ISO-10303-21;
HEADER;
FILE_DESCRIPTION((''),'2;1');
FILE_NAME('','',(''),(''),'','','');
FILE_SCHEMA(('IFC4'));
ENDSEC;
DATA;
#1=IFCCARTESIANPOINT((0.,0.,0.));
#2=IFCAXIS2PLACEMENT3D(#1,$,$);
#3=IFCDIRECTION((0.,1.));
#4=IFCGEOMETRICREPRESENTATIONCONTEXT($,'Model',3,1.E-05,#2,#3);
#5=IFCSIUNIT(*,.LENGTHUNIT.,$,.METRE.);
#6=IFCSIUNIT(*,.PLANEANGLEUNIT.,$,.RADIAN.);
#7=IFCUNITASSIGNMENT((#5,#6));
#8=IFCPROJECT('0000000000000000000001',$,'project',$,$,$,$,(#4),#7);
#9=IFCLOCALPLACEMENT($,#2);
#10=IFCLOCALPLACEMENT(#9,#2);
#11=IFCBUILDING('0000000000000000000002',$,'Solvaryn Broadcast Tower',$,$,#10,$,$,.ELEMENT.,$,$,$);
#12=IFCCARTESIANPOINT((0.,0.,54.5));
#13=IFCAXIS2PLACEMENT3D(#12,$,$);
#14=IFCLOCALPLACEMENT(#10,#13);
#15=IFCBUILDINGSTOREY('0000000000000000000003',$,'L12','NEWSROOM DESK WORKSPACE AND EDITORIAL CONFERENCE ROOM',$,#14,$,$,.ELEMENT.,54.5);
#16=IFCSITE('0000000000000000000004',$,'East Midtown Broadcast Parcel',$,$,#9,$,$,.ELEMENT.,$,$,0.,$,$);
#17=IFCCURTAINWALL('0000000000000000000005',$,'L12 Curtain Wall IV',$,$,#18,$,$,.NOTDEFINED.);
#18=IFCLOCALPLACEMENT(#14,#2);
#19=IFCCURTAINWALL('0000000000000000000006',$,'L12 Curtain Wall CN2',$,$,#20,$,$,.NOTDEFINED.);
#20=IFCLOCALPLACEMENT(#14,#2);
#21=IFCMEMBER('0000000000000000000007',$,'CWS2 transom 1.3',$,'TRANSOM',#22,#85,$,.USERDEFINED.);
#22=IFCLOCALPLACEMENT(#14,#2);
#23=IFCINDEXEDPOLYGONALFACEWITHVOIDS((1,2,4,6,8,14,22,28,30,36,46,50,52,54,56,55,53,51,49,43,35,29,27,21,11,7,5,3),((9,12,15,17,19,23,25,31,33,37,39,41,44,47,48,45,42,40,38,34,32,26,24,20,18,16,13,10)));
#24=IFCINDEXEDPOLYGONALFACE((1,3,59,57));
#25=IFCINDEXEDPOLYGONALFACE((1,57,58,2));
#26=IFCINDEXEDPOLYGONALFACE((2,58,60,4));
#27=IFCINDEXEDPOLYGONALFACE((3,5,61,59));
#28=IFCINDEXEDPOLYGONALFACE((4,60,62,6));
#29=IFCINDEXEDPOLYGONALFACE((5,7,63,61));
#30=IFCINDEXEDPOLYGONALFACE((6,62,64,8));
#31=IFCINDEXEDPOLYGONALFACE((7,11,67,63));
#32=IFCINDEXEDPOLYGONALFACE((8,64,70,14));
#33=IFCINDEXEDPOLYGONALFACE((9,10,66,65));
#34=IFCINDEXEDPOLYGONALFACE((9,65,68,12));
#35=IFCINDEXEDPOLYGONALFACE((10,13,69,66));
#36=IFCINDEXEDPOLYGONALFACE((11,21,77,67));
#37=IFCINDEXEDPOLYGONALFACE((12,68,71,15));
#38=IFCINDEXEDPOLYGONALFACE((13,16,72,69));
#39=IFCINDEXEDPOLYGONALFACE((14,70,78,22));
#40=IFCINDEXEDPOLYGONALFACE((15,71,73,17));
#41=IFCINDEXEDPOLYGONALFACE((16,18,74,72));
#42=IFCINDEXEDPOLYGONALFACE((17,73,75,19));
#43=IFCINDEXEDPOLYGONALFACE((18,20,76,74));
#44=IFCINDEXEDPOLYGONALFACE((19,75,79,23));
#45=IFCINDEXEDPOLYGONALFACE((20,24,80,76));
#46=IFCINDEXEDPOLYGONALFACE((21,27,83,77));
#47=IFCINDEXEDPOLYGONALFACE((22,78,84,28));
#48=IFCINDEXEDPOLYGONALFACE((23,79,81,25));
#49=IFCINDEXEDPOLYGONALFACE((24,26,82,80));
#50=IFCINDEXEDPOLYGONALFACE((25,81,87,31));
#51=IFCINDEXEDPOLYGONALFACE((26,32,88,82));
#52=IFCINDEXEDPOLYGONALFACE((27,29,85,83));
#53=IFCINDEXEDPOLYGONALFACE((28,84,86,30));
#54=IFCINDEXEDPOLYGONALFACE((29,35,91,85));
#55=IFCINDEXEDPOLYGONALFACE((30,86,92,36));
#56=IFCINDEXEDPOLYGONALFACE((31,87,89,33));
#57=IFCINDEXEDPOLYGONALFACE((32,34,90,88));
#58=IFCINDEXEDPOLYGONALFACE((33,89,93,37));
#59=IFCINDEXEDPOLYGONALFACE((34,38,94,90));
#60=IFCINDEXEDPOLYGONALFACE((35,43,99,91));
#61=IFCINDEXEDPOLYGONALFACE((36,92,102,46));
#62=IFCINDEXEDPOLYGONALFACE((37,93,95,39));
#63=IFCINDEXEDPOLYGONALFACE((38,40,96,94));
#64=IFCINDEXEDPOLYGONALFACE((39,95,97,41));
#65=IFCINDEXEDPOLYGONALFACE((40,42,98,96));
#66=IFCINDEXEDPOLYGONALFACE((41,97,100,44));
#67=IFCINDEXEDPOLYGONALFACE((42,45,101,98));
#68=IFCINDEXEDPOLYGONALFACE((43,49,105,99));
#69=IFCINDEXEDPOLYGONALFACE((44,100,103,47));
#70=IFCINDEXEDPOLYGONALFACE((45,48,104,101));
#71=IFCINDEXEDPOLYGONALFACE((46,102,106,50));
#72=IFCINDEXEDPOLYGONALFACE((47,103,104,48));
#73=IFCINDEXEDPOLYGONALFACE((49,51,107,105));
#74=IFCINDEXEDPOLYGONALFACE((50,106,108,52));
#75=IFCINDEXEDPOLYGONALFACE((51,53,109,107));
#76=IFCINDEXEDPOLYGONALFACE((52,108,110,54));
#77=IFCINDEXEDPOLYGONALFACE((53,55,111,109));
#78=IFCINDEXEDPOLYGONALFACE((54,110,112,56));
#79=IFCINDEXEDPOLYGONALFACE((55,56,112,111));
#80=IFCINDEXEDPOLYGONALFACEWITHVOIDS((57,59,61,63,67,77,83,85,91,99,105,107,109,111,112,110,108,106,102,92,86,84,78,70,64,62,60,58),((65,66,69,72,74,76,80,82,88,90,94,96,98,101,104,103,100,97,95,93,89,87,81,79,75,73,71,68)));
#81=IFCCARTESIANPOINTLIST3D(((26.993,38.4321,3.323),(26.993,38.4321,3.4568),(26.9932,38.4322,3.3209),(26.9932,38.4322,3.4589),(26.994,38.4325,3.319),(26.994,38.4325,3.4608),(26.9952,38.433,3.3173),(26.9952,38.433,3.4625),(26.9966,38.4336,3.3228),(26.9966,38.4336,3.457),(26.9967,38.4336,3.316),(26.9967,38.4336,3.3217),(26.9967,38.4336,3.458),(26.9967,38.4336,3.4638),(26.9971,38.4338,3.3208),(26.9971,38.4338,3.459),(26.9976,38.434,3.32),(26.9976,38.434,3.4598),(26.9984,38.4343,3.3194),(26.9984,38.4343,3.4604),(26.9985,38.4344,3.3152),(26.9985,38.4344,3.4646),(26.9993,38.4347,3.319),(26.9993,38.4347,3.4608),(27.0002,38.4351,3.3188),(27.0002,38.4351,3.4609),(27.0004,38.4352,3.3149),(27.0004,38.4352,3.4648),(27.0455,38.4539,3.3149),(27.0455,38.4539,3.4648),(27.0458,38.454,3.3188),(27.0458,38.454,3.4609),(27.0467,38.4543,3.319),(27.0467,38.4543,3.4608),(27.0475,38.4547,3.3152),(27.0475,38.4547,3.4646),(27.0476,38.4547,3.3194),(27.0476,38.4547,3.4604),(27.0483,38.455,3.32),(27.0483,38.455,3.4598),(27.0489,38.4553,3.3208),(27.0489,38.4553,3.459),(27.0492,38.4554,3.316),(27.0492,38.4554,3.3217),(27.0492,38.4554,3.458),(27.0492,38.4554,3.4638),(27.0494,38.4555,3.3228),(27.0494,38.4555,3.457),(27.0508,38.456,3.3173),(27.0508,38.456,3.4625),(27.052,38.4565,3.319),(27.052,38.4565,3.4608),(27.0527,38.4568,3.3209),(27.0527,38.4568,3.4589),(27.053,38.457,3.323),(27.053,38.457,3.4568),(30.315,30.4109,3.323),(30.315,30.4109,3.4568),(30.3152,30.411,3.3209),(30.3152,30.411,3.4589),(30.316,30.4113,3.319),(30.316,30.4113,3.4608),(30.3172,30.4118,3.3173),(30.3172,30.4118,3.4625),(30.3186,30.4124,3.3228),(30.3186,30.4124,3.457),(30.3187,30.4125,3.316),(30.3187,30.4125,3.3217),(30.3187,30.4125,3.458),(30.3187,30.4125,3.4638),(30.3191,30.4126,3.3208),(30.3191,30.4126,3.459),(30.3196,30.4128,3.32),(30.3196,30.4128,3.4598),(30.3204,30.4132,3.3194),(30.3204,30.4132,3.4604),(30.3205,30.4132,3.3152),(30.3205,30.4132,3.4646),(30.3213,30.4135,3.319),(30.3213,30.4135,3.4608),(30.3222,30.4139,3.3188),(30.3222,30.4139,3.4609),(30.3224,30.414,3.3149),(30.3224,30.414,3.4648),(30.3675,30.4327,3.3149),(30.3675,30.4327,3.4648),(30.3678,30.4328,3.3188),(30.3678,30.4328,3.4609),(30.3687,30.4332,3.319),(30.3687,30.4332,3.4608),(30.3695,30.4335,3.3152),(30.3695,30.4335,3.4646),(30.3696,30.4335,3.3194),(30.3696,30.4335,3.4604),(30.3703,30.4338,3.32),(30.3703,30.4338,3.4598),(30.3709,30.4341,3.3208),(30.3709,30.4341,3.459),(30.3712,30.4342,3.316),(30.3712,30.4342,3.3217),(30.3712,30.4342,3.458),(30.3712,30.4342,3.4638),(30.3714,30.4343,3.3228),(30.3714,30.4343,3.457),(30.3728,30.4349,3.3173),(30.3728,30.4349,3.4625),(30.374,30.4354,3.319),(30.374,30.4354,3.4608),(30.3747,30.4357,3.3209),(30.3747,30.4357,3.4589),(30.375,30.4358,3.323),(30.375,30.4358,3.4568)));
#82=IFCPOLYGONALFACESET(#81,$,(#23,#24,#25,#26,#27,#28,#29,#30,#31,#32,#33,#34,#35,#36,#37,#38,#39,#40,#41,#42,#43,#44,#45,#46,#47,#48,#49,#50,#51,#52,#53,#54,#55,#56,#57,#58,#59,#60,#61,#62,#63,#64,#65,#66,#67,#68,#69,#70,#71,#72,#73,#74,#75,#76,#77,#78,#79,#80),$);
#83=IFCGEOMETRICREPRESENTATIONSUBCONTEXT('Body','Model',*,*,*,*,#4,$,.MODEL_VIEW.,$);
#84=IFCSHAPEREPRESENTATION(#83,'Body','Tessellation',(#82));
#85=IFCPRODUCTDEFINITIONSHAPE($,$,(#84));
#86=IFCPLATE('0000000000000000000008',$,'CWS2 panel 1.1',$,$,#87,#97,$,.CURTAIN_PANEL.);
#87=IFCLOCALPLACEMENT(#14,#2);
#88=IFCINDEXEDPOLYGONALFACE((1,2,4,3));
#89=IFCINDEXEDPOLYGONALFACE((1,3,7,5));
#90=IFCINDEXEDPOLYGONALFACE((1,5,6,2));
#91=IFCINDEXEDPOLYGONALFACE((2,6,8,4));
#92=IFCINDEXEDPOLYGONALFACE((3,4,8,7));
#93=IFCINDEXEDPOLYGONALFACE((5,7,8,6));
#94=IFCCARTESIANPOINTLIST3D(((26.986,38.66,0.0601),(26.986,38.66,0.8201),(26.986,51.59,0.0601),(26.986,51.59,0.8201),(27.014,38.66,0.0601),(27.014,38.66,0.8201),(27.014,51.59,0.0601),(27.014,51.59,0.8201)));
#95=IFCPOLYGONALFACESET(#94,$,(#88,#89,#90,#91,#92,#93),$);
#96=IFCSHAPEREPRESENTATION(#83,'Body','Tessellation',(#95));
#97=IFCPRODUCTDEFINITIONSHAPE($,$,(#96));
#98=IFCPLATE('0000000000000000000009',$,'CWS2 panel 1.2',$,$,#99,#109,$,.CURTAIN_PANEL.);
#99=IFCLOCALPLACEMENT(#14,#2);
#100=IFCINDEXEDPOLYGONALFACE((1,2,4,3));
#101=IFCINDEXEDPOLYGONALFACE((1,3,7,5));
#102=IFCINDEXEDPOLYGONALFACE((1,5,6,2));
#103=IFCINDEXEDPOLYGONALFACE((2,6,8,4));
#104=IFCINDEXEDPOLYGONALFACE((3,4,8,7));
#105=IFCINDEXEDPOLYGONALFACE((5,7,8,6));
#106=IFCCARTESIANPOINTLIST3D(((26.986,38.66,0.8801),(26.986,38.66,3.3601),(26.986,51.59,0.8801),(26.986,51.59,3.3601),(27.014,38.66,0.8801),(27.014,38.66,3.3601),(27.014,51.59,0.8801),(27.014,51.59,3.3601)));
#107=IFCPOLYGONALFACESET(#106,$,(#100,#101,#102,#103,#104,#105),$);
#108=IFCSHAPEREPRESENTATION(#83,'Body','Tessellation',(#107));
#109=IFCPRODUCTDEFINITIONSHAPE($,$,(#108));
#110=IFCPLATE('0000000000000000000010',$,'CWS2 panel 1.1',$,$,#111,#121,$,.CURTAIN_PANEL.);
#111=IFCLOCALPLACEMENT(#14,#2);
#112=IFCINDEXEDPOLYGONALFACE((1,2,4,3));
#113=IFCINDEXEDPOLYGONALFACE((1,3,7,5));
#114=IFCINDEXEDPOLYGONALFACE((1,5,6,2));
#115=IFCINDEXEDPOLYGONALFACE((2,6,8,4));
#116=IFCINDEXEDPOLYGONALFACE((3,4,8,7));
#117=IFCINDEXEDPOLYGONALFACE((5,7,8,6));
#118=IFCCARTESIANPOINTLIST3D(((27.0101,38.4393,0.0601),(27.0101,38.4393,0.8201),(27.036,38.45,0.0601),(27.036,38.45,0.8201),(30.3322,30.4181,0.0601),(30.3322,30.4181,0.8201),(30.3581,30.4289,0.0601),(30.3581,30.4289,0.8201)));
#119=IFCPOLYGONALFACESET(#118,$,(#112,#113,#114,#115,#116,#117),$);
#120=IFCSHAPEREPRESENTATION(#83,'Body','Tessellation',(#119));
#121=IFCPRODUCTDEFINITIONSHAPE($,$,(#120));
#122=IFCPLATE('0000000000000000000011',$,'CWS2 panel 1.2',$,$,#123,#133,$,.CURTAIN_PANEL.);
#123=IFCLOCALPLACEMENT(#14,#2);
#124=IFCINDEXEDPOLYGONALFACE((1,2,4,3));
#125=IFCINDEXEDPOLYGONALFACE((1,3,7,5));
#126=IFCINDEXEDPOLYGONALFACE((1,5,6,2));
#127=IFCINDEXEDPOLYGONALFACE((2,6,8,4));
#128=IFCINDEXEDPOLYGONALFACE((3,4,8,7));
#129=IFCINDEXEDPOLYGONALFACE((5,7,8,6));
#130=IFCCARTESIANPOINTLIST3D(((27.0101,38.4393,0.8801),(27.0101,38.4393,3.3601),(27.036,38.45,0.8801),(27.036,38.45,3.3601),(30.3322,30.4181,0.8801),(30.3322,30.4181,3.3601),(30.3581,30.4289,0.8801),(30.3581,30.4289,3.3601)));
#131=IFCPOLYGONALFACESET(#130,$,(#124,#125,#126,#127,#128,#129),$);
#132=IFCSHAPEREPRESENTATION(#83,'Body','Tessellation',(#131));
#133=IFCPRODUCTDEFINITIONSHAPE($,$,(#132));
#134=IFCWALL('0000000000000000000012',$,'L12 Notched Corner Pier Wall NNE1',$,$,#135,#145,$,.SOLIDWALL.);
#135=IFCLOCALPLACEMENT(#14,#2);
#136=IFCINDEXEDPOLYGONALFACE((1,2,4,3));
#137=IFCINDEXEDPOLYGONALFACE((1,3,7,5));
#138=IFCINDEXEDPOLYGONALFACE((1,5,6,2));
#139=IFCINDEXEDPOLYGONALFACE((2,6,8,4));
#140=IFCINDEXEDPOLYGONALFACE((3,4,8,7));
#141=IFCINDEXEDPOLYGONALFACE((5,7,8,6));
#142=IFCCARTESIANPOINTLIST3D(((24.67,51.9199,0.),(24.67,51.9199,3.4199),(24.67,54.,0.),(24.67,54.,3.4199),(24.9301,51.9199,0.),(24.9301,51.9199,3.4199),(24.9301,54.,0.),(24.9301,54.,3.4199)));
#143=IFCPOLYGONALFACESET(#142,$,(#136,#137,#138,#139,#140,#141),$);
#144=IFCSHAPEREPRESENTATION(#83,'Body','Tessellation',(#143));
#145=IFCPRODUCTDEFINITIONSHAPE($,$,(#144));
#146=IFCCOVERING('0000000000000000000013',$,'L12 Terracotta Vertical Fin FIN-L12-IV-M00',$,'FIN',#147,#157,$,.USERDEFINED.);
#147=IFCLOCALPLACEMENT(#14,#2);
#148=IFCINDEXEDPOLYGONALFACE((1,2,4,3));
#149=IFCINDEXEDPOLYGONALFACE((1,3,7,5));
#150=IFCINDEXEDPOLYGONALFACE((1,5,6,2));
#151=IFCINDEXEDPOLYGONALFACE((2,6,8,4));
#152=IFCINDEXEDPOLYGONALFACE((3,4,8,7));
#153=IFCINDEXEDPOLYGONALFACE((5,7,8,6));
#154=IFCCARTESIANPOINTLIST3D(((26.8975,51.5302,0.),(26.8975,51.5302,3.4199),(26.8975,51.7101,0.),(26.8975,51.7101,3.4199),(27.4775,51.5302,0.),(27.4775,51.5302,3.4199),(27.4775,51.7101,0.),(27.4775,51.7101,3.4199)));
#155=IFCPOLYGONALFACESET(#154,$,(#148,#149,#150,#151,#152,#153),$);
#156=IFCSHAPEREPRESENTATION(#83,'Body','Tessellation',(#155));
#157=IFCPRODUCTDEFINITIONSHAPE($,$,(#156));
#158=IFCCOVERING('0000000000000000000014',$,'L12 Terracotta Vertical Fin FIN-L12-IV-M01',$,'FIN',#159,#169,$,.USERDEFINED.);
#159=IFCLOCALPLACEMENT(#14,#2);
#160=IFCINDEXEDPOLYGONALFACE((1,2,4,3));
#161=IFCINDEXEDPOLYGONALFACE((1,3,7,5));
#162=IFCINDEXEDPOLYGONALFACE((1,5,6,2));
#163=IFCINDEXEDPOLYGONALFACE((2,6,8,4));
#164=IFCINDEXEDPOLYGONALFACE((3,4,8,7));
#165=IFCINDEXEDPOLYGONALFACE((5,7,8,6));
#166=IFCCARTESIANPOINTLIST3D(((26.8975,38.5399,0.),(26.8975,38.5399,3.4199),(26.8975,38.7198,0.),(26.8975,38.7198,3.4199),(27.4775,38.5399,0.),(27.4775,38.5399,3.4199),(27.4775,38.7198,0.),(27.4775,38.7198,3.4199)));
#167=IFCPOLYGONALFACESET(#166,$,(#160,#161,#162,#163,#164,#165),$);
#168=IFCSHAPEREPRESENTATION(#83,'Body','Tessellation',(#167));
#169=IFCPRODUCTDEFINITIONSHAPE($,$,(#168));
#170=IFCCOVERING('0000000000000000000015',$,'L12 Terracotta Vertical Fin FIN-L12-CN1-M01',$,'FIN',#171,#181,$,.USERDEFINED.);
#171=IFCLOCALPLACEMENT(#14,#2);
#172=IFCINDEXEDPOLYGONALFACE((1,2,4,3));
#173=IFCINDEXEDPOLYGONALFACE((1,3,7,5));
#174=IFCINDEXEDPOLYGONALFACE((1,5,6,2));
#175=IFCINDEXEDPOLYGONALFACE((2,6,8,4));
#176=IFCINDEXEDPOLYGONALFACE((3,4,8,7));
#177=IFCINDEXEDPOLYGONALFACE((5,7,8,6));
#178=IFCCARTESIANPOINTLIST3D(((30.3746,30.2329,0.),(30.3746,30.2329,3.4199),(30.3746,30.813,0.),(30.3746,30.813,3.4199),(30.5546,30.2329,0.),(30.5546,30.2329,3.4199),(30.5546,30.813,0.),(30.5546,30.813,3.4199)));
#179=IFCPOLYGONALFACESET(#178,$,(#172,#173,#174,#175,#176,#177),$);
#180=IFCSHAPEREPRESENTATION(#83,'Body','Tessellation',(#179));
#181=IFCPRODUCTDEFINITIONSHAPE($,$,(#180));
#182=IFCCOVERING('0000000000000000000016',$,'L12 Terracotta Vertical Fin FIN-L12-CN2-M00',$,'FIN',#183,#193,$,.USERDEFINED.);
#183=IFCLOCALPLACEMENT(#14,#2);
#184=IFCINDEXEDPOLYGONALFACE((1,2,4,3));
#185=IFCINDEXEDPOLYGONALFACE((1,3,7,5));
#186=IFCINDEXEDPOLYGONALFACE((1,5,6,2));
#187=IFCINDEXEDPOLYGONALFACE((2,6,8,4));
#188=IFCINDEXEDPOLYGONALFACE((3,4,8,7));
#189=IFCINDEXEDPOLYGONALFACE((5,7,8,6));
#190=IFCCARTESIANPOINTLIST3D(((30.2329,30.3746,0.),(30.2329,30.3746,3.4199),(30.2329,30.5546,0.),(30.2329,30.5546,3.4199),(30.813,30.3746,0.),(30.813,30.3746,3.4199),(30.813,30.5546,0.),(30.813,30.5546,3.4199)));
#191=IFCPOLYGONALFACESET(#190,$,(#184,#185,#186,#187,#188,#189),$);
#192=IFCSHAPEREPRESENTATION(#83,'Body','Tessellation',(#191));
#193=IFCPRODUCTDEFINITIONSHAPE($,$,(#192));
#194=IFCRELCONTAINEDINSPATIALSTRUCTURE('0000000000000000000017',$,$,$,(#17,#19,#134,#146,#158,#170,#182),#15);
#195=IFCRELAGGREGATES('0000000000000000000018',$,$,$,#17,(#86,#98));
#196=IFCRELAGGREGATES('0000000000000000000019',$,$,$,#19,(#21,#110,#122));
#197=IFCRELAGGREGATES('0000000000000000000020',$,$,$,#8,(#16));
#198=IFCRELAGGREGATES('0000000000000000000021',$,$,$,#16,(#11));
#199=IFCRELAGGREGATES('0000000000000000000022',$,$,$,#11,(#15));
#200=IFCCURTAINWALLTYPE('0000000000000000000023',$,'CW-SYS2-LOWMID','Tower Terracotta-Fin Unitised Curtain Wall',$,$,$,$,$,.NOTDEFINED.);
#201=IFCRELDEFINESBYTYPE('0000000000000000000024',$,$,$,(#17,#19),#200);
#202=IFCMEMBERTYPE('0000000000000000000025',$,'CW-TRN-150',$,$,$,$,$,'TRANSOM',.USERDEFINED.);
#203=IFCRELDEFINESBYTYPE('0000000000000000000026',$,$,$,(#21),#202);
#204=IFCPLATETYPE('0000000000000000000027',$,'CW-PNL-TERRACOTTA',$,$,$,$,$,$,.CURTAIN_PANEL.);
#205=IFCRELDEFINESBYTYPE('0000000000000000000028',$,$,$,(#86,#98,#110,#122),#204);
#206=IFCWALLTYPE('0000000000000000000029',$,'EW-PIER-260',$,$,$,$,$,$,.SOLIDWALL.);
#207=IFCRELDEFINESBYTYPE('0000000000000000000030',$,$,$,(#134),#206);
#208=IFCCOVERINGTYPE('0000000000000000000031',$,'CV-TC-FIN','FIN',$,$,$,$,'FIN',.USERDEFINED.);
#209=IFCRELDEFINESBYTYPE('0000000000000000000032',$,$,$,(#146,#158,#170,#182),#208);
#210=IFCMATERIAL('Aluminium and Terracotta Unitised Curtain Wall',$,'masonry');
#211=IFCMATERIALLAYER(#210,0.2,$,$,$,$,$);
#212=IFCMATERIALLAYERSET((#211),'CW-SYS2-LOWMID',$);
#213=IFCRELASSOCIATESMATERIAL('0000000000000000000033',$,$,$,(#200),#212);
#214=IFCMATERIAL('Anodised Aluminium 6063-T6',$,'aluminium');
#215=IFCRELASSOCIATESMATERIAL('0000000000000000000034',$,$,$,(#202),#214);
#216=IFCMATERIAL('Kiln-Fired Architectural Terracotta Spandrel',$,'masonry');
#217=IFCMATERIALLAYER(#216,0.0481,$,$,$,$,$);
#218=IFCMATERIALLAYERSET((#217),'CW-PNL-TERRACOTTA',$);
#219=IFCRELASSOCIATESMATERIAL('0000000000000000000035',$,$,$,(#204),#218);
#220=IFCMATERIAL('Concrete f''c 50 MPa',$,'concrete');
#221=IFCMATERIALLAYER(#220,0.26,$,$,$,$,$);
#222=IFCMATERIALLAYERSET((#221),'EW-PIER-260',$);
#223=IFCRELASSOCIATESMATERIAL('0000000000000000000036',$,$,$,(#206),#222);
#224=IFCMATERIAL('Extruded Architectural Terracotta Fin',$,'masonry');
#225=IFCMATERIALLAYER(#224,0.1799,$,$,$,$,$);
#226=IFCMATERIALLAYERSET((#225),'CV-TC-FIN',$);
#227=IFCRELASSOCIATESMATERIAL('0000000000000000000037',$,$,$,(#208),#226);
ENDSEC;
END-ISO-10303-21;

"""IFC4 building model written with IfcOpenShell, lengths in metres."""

from ifc_helpers import new_model, si_unit, direction, frame, frame_2d, origin, origin_2d, place, context, subcontext, project, spatial, rectangle, hollow_rectangle, extrude, material, layer, layer_set, material_profile, profile_set, type_object, element, aggregate, save


model = new_model("IFC4")

# Units and contexts
model_context = context("Model", 3, precision=1e-05, world=origin(), true_north=direction((0.0, 1.0)))
body_context = subcontext(model_context, "Body", "Model", "MODEL_VIEW")
ifc_project = project(units=[si_unit("LENGTHUNIT", "METRE"), si_unit("PLANEANGLEUNIT", "RADIAN")], contexts=[model_context])

# Site, building, storey
site_placement = place(None, origin())
site = spatial("IfcSite", under=ifc_project, at=site_placement, Name="East Midtown Broadcast Parcel", CompositionType="ELEMENT", RefElevation=0.0)
building_placement = place(site_placement, origin())
building = spatial("IfcBuilding", under=site, at=building_placement, Name="Solvaryn Broadcast Tower", CompositionType="ELEMENT")
storey_placement = place(building_placement, frame((0.0, 0.0, 54.5)))
storey = spatial("IfcBuildingStorey", under=building, at=storey_placement, Name="L12", Description="NEWSROOM DESK WORKSPACE AND EDITORIAL CONFERENCE ROOM", CompositionType="ELEMENT", Elevation=54.5)

# Curtain wall
ifc_material_1 = material(Name="Aluminium and Terracotta Unitised Curtain Wall", Category="masonry")
ifc_layer_1 = layer(ifc_material_1, 0.2)
ifc_layer_set_1 = layer_set([ifc_layer_1], Name="CW-SYS2-LOWMID")
curtain_wall_type = type_object("IfcCurtainWallType", Name="CW-SYS2-LOWMID", Description="Tower Terracotta-Fin Unitised Curtain Wall", PredefinedType="NOTDEFINED", material=ifc_layer_set_1)
curtain_wall_1_placement = place(storey_placement, origin())
curtain_wall_1 = element("IfcCurtainWall", 1, at=curtain_wall_1_placement, inside=storey, type_object=curtain_wall_type, Name="L12 Curtain Wall IV", PredefinedType="NOTDEFINED")

# Curtain wall
curtain_wall_2_placement = place(storey_placement, origin())
curtain_wall_2 = element("IfcCurtainWall", 2, at=curtain_wall_2_placement, inside=storey, type_object=curtain_wall_type, Name="L12 Curtain Wall CN2", PredefinedType="NOTDEFINED")

# Member
ifc_material_2 = material(Name="Anodised Aluminium 6063-T6", Category="aluminium")
ifc_material_profile_1 = material_profile(ifc_material_2, hollow_rectangle(XDim=0.0649, YDim=0.1499, WallThickness=0.0039, InnerFilletRadius=0.0039, OuterFilletRadius=0.0081, at=origin_2d()))
ifc_profile_set_1 = profile_set([ifc_material_profile_1], Name="Anodised Aluminium 6063-T6")
member_type_1 = type_object("IfcMemberType", Name="CW-TRN-150", ElementType="TRANSOM", PredefinedType="USERDEFINED", material=ifc_profile_set_1)
member_1_placement = place(storey_placement, frame((30.345, 30.4233, 3.3899), z_axis=(-0.382636, 0.923899, 0.0), x_axis=(-0.923899, -0.382636, 0.0)))
member_1 = element("IfcMember", 3, at=member_1_placement, type_object=member_type_1, Name="CWS2 transom 1.3", ObjectType="TRANSOM", PredefinedType="USERDEFINED", context=body_context, shape_type="SweptSolid", body=[
    extrude(hollow_rectangle(XDim=0.0649, YDim=0.1499, WallThickness=0.0039, InnerFilletRadius=0.0039, OuterFilletRadius=0.0081, at=origin_2d()), origin(), (0.0, 0.0, 1.0), 8.6819),
])

# Plates
ifc_material_3 = material(Name="Kiln-Fired Architectural Terracotta Spandrel", Category="masonry")
ifc_layer_2 = layer(ifc_material_3, 0.0481)
ifc_layer_set_2 = layer_set([ifc_layer_2], Name="CW-PNL-TERRACOTTA")
plate_type = type_object("IfcPlateType", Name="CW-PNL-TERRACOTTA", PredefinedType="CURTAIN_PANEL", material=ifc_layer_set_2)
plate_1_placement = place(storey_placement, frame((27.0, 45.125, 0.0601), z_axis=(0.0, 0.0, 1.0), x_axis=(0.0, -1.0, 0.0)))
plate_1 = element("IfcPlate", 4, at=plate_1_placement, type_object=plate_type, Name="CWS2 panel 1.1", PredefinedType="CURTAIN_PANEL", context=body_context, shape_type="SweptSolid", body=[
    extrude(rectangle(XDim=12.9299, YDim=0.0281, at=origin_2d()), origin(), (0.0, 0.0, 1.0), 0.76),
])
plate_2_placement = place(storey_placement, frame((27.0, 45.125, 0.8801), z_axis=(0.0, 0.0, 1.0), x_axis=(0.0, -1.0, 0.0)))
plate_2 = element("IfcPlate", 5, at=plate_2_placement, type_object=plate_type, Name="CWS2 panel 1.2", PredefinedType="CURTAIN_PANEL", context=body_context, shape_type="SweptSolid", body=[
    extrude(rectangle(XDim=12.9299, YDim=0.0281, at=origin_2d()), origin(), (0.0, 0.0, 1.0), 2.48),
])
aggregate(curtain_wall_1, [plate_1, plate_2])
plate_3_placement = place(storey_placement, frame((28.6841, 34.4341, 0.0601), z_axis=(0.0, 0.0, 1.0), x_axis=(-0.382646, 0.923895, 0.0)))
plate_3 = element("IfcPlate", 6, at=plate_3_placement, type_object=plate_type, Name="CWS2 panel 1.1", PredefinedType="CURTAIN_PANEL", context=body_context, shape_type="SweptSolid", body=[
    extrude(rectangle(XDim=8.6819, YDim=0.0281, at=origin_2d()), origin(), (0.0, 0.0, 1.0), 0.76),
])
plate_4_placement = place(storey_placement, frame((28.6841, 34.4341, 0.8801), z_axis=(0.0, 0.0, 1.0), x_axis=(-0.382646, 0.923895, 0.0)))
plate_4 = element("IfcPlate", 7, at=plate_4_placement, type_object=plate_type, Name="CWS2 panel 1.2", PredefinedType="CURTAIN_PANEL", context=body_context, shape_type="SweptSolid", body=[
    extrude(rectangle(XDim=8.6819, YDim=0.0281, at=origin_2d()), origin(), (0.0, 0.0, 1.0), 2.48),
])
aggregate(curtain_wall_2, [member_1, plate_3, plate_4])

# Wall
ifc_material_4 = material(Name="Concrete f'c 50 MPa", Category="concrete")
ifc_layer_3 = layer(ifc_material_4, 0.26)
ifc_layer_set_3 = layer_set([ifc_layer_3], Name="EW-PIER-260")
wall_type_1 = type_object("IfcWallType", Name="EW-PIER-260", PredefinedType="SOLIDWALL", material=ifc_layer_set_3)
wall_1_placement = place(storey_placement, frame((24.8, 54.0, 0.0), z_axis=(0.0, 0.0, 1.0), x_axis=(0.0, -1.0, 0.0)))
element("IfcWall", 8, at=wall_1_placement, inside=storey, type_object=wall_type_1, Name="L12 Notched Corner Pier Wall NNE1", PredefinedType="SOLIDWALL", context=body_context, shape_type="SweptSolid", body=[
    extrude(rectangle(XDim=2.0801, YDim=0.26, at=frame_2d((1.04, 0.0))), origin(), (0.0, 0.0, 1.0), 3.4199),
])

# Coverings
ifc_material_5 = material(Name="Extruded Architectural Terracotta Fin", Category="masonry")
ifc_layer_4 = layer(ifc_material_5, 0.1799)
ifc_layer_set_4 = layer_set([ifc_layer_4], Name="CV-TC-FIN")
covering_type = type_object("IfcCoveringType", Name="CV-TC-FIN", Description="FIN", ElementType="FIN", PredefinedType="USERDEFINED", material=ifc_layer_set_4)
for number, where, z_axis, x_axis, name in (
    (9, (27.1875, 51.6201, 0.0), (0.0, 0.0, 1.0), (1.0, 0.0, 0.0), "L12 Terracotta Vertical Fin FIN-L12-IV-M00"),
    (10, (27.1875, 38.6299, 0.0), (0.0, 0.0, 1.0), (1.0, 0.0, 0.0), "L12 Terracotta Vertical Fin FIN-L12-IV-M01"),
):
    element("IfcCovering", number, at=place(storey_placement, frame(where, z_axis=z_axis, x_axis=x_axis)), inside=storey, type_object=covering_type, Name=name, ObjectType="FIN", PredefinedType="USERDEFINED", context=body_context, shape_type="SweptSolid", body=[
        extrude(rectangle(XDim=0.5801, YDim=0.1799, at=origin_2d()), origin(), (0.0, 0.0, 1.0), 3.4199),
    ])
covering_1_placement = place(storey_placement, frame((30.4646, 30.5229, 0.0), z_axis=(0.0, 0.0, 1.0), x_axis=(1.0, 0.0, 0.0)))
element("IfcCovering", 11, at=covering_1_placement, inside=storey, type_object=covering_type, Name="L12 Terracotta Vertical Fin FIN-L12-CN1-M01", ObjectType="FIN", PredefinedType="USERDEFINED", context=body_context, shape_type="SweptSolid", body=[
    extrude(rectangle(XDim=0.1799, YDim=0.5801, at=origin_2d()), origin(), (0.0, 0.0, 1.0), 3.4199),
])
for number, where, z_axis, x_axis, name in (
    (12, (30.5229, 30.4646, 0.0), (0.0, 0.0, 1.0), (1.0, 0.0, 0.0), "L12 Terracotta Vertical Fin FIN-L12-CN2-M00"),
):
    element("IfcCovering", number, at=place(storey_placement, frame(where, z_axis=z_axis, x_axis=x_axis)), inside=storey, type_object=covering_type, Name=name, ObjectType="FIN", PredefinedType="USERDEFINED", context=body_context, shape_type="SweptSolid", body=[
        extrude(rectangle(XDim=0.5801, YDim=0.1799, at=origin_2d()), origin(), (0.0, 0.0, 1.0), 3.4199),
    ])

save(model, "model.ifc")
